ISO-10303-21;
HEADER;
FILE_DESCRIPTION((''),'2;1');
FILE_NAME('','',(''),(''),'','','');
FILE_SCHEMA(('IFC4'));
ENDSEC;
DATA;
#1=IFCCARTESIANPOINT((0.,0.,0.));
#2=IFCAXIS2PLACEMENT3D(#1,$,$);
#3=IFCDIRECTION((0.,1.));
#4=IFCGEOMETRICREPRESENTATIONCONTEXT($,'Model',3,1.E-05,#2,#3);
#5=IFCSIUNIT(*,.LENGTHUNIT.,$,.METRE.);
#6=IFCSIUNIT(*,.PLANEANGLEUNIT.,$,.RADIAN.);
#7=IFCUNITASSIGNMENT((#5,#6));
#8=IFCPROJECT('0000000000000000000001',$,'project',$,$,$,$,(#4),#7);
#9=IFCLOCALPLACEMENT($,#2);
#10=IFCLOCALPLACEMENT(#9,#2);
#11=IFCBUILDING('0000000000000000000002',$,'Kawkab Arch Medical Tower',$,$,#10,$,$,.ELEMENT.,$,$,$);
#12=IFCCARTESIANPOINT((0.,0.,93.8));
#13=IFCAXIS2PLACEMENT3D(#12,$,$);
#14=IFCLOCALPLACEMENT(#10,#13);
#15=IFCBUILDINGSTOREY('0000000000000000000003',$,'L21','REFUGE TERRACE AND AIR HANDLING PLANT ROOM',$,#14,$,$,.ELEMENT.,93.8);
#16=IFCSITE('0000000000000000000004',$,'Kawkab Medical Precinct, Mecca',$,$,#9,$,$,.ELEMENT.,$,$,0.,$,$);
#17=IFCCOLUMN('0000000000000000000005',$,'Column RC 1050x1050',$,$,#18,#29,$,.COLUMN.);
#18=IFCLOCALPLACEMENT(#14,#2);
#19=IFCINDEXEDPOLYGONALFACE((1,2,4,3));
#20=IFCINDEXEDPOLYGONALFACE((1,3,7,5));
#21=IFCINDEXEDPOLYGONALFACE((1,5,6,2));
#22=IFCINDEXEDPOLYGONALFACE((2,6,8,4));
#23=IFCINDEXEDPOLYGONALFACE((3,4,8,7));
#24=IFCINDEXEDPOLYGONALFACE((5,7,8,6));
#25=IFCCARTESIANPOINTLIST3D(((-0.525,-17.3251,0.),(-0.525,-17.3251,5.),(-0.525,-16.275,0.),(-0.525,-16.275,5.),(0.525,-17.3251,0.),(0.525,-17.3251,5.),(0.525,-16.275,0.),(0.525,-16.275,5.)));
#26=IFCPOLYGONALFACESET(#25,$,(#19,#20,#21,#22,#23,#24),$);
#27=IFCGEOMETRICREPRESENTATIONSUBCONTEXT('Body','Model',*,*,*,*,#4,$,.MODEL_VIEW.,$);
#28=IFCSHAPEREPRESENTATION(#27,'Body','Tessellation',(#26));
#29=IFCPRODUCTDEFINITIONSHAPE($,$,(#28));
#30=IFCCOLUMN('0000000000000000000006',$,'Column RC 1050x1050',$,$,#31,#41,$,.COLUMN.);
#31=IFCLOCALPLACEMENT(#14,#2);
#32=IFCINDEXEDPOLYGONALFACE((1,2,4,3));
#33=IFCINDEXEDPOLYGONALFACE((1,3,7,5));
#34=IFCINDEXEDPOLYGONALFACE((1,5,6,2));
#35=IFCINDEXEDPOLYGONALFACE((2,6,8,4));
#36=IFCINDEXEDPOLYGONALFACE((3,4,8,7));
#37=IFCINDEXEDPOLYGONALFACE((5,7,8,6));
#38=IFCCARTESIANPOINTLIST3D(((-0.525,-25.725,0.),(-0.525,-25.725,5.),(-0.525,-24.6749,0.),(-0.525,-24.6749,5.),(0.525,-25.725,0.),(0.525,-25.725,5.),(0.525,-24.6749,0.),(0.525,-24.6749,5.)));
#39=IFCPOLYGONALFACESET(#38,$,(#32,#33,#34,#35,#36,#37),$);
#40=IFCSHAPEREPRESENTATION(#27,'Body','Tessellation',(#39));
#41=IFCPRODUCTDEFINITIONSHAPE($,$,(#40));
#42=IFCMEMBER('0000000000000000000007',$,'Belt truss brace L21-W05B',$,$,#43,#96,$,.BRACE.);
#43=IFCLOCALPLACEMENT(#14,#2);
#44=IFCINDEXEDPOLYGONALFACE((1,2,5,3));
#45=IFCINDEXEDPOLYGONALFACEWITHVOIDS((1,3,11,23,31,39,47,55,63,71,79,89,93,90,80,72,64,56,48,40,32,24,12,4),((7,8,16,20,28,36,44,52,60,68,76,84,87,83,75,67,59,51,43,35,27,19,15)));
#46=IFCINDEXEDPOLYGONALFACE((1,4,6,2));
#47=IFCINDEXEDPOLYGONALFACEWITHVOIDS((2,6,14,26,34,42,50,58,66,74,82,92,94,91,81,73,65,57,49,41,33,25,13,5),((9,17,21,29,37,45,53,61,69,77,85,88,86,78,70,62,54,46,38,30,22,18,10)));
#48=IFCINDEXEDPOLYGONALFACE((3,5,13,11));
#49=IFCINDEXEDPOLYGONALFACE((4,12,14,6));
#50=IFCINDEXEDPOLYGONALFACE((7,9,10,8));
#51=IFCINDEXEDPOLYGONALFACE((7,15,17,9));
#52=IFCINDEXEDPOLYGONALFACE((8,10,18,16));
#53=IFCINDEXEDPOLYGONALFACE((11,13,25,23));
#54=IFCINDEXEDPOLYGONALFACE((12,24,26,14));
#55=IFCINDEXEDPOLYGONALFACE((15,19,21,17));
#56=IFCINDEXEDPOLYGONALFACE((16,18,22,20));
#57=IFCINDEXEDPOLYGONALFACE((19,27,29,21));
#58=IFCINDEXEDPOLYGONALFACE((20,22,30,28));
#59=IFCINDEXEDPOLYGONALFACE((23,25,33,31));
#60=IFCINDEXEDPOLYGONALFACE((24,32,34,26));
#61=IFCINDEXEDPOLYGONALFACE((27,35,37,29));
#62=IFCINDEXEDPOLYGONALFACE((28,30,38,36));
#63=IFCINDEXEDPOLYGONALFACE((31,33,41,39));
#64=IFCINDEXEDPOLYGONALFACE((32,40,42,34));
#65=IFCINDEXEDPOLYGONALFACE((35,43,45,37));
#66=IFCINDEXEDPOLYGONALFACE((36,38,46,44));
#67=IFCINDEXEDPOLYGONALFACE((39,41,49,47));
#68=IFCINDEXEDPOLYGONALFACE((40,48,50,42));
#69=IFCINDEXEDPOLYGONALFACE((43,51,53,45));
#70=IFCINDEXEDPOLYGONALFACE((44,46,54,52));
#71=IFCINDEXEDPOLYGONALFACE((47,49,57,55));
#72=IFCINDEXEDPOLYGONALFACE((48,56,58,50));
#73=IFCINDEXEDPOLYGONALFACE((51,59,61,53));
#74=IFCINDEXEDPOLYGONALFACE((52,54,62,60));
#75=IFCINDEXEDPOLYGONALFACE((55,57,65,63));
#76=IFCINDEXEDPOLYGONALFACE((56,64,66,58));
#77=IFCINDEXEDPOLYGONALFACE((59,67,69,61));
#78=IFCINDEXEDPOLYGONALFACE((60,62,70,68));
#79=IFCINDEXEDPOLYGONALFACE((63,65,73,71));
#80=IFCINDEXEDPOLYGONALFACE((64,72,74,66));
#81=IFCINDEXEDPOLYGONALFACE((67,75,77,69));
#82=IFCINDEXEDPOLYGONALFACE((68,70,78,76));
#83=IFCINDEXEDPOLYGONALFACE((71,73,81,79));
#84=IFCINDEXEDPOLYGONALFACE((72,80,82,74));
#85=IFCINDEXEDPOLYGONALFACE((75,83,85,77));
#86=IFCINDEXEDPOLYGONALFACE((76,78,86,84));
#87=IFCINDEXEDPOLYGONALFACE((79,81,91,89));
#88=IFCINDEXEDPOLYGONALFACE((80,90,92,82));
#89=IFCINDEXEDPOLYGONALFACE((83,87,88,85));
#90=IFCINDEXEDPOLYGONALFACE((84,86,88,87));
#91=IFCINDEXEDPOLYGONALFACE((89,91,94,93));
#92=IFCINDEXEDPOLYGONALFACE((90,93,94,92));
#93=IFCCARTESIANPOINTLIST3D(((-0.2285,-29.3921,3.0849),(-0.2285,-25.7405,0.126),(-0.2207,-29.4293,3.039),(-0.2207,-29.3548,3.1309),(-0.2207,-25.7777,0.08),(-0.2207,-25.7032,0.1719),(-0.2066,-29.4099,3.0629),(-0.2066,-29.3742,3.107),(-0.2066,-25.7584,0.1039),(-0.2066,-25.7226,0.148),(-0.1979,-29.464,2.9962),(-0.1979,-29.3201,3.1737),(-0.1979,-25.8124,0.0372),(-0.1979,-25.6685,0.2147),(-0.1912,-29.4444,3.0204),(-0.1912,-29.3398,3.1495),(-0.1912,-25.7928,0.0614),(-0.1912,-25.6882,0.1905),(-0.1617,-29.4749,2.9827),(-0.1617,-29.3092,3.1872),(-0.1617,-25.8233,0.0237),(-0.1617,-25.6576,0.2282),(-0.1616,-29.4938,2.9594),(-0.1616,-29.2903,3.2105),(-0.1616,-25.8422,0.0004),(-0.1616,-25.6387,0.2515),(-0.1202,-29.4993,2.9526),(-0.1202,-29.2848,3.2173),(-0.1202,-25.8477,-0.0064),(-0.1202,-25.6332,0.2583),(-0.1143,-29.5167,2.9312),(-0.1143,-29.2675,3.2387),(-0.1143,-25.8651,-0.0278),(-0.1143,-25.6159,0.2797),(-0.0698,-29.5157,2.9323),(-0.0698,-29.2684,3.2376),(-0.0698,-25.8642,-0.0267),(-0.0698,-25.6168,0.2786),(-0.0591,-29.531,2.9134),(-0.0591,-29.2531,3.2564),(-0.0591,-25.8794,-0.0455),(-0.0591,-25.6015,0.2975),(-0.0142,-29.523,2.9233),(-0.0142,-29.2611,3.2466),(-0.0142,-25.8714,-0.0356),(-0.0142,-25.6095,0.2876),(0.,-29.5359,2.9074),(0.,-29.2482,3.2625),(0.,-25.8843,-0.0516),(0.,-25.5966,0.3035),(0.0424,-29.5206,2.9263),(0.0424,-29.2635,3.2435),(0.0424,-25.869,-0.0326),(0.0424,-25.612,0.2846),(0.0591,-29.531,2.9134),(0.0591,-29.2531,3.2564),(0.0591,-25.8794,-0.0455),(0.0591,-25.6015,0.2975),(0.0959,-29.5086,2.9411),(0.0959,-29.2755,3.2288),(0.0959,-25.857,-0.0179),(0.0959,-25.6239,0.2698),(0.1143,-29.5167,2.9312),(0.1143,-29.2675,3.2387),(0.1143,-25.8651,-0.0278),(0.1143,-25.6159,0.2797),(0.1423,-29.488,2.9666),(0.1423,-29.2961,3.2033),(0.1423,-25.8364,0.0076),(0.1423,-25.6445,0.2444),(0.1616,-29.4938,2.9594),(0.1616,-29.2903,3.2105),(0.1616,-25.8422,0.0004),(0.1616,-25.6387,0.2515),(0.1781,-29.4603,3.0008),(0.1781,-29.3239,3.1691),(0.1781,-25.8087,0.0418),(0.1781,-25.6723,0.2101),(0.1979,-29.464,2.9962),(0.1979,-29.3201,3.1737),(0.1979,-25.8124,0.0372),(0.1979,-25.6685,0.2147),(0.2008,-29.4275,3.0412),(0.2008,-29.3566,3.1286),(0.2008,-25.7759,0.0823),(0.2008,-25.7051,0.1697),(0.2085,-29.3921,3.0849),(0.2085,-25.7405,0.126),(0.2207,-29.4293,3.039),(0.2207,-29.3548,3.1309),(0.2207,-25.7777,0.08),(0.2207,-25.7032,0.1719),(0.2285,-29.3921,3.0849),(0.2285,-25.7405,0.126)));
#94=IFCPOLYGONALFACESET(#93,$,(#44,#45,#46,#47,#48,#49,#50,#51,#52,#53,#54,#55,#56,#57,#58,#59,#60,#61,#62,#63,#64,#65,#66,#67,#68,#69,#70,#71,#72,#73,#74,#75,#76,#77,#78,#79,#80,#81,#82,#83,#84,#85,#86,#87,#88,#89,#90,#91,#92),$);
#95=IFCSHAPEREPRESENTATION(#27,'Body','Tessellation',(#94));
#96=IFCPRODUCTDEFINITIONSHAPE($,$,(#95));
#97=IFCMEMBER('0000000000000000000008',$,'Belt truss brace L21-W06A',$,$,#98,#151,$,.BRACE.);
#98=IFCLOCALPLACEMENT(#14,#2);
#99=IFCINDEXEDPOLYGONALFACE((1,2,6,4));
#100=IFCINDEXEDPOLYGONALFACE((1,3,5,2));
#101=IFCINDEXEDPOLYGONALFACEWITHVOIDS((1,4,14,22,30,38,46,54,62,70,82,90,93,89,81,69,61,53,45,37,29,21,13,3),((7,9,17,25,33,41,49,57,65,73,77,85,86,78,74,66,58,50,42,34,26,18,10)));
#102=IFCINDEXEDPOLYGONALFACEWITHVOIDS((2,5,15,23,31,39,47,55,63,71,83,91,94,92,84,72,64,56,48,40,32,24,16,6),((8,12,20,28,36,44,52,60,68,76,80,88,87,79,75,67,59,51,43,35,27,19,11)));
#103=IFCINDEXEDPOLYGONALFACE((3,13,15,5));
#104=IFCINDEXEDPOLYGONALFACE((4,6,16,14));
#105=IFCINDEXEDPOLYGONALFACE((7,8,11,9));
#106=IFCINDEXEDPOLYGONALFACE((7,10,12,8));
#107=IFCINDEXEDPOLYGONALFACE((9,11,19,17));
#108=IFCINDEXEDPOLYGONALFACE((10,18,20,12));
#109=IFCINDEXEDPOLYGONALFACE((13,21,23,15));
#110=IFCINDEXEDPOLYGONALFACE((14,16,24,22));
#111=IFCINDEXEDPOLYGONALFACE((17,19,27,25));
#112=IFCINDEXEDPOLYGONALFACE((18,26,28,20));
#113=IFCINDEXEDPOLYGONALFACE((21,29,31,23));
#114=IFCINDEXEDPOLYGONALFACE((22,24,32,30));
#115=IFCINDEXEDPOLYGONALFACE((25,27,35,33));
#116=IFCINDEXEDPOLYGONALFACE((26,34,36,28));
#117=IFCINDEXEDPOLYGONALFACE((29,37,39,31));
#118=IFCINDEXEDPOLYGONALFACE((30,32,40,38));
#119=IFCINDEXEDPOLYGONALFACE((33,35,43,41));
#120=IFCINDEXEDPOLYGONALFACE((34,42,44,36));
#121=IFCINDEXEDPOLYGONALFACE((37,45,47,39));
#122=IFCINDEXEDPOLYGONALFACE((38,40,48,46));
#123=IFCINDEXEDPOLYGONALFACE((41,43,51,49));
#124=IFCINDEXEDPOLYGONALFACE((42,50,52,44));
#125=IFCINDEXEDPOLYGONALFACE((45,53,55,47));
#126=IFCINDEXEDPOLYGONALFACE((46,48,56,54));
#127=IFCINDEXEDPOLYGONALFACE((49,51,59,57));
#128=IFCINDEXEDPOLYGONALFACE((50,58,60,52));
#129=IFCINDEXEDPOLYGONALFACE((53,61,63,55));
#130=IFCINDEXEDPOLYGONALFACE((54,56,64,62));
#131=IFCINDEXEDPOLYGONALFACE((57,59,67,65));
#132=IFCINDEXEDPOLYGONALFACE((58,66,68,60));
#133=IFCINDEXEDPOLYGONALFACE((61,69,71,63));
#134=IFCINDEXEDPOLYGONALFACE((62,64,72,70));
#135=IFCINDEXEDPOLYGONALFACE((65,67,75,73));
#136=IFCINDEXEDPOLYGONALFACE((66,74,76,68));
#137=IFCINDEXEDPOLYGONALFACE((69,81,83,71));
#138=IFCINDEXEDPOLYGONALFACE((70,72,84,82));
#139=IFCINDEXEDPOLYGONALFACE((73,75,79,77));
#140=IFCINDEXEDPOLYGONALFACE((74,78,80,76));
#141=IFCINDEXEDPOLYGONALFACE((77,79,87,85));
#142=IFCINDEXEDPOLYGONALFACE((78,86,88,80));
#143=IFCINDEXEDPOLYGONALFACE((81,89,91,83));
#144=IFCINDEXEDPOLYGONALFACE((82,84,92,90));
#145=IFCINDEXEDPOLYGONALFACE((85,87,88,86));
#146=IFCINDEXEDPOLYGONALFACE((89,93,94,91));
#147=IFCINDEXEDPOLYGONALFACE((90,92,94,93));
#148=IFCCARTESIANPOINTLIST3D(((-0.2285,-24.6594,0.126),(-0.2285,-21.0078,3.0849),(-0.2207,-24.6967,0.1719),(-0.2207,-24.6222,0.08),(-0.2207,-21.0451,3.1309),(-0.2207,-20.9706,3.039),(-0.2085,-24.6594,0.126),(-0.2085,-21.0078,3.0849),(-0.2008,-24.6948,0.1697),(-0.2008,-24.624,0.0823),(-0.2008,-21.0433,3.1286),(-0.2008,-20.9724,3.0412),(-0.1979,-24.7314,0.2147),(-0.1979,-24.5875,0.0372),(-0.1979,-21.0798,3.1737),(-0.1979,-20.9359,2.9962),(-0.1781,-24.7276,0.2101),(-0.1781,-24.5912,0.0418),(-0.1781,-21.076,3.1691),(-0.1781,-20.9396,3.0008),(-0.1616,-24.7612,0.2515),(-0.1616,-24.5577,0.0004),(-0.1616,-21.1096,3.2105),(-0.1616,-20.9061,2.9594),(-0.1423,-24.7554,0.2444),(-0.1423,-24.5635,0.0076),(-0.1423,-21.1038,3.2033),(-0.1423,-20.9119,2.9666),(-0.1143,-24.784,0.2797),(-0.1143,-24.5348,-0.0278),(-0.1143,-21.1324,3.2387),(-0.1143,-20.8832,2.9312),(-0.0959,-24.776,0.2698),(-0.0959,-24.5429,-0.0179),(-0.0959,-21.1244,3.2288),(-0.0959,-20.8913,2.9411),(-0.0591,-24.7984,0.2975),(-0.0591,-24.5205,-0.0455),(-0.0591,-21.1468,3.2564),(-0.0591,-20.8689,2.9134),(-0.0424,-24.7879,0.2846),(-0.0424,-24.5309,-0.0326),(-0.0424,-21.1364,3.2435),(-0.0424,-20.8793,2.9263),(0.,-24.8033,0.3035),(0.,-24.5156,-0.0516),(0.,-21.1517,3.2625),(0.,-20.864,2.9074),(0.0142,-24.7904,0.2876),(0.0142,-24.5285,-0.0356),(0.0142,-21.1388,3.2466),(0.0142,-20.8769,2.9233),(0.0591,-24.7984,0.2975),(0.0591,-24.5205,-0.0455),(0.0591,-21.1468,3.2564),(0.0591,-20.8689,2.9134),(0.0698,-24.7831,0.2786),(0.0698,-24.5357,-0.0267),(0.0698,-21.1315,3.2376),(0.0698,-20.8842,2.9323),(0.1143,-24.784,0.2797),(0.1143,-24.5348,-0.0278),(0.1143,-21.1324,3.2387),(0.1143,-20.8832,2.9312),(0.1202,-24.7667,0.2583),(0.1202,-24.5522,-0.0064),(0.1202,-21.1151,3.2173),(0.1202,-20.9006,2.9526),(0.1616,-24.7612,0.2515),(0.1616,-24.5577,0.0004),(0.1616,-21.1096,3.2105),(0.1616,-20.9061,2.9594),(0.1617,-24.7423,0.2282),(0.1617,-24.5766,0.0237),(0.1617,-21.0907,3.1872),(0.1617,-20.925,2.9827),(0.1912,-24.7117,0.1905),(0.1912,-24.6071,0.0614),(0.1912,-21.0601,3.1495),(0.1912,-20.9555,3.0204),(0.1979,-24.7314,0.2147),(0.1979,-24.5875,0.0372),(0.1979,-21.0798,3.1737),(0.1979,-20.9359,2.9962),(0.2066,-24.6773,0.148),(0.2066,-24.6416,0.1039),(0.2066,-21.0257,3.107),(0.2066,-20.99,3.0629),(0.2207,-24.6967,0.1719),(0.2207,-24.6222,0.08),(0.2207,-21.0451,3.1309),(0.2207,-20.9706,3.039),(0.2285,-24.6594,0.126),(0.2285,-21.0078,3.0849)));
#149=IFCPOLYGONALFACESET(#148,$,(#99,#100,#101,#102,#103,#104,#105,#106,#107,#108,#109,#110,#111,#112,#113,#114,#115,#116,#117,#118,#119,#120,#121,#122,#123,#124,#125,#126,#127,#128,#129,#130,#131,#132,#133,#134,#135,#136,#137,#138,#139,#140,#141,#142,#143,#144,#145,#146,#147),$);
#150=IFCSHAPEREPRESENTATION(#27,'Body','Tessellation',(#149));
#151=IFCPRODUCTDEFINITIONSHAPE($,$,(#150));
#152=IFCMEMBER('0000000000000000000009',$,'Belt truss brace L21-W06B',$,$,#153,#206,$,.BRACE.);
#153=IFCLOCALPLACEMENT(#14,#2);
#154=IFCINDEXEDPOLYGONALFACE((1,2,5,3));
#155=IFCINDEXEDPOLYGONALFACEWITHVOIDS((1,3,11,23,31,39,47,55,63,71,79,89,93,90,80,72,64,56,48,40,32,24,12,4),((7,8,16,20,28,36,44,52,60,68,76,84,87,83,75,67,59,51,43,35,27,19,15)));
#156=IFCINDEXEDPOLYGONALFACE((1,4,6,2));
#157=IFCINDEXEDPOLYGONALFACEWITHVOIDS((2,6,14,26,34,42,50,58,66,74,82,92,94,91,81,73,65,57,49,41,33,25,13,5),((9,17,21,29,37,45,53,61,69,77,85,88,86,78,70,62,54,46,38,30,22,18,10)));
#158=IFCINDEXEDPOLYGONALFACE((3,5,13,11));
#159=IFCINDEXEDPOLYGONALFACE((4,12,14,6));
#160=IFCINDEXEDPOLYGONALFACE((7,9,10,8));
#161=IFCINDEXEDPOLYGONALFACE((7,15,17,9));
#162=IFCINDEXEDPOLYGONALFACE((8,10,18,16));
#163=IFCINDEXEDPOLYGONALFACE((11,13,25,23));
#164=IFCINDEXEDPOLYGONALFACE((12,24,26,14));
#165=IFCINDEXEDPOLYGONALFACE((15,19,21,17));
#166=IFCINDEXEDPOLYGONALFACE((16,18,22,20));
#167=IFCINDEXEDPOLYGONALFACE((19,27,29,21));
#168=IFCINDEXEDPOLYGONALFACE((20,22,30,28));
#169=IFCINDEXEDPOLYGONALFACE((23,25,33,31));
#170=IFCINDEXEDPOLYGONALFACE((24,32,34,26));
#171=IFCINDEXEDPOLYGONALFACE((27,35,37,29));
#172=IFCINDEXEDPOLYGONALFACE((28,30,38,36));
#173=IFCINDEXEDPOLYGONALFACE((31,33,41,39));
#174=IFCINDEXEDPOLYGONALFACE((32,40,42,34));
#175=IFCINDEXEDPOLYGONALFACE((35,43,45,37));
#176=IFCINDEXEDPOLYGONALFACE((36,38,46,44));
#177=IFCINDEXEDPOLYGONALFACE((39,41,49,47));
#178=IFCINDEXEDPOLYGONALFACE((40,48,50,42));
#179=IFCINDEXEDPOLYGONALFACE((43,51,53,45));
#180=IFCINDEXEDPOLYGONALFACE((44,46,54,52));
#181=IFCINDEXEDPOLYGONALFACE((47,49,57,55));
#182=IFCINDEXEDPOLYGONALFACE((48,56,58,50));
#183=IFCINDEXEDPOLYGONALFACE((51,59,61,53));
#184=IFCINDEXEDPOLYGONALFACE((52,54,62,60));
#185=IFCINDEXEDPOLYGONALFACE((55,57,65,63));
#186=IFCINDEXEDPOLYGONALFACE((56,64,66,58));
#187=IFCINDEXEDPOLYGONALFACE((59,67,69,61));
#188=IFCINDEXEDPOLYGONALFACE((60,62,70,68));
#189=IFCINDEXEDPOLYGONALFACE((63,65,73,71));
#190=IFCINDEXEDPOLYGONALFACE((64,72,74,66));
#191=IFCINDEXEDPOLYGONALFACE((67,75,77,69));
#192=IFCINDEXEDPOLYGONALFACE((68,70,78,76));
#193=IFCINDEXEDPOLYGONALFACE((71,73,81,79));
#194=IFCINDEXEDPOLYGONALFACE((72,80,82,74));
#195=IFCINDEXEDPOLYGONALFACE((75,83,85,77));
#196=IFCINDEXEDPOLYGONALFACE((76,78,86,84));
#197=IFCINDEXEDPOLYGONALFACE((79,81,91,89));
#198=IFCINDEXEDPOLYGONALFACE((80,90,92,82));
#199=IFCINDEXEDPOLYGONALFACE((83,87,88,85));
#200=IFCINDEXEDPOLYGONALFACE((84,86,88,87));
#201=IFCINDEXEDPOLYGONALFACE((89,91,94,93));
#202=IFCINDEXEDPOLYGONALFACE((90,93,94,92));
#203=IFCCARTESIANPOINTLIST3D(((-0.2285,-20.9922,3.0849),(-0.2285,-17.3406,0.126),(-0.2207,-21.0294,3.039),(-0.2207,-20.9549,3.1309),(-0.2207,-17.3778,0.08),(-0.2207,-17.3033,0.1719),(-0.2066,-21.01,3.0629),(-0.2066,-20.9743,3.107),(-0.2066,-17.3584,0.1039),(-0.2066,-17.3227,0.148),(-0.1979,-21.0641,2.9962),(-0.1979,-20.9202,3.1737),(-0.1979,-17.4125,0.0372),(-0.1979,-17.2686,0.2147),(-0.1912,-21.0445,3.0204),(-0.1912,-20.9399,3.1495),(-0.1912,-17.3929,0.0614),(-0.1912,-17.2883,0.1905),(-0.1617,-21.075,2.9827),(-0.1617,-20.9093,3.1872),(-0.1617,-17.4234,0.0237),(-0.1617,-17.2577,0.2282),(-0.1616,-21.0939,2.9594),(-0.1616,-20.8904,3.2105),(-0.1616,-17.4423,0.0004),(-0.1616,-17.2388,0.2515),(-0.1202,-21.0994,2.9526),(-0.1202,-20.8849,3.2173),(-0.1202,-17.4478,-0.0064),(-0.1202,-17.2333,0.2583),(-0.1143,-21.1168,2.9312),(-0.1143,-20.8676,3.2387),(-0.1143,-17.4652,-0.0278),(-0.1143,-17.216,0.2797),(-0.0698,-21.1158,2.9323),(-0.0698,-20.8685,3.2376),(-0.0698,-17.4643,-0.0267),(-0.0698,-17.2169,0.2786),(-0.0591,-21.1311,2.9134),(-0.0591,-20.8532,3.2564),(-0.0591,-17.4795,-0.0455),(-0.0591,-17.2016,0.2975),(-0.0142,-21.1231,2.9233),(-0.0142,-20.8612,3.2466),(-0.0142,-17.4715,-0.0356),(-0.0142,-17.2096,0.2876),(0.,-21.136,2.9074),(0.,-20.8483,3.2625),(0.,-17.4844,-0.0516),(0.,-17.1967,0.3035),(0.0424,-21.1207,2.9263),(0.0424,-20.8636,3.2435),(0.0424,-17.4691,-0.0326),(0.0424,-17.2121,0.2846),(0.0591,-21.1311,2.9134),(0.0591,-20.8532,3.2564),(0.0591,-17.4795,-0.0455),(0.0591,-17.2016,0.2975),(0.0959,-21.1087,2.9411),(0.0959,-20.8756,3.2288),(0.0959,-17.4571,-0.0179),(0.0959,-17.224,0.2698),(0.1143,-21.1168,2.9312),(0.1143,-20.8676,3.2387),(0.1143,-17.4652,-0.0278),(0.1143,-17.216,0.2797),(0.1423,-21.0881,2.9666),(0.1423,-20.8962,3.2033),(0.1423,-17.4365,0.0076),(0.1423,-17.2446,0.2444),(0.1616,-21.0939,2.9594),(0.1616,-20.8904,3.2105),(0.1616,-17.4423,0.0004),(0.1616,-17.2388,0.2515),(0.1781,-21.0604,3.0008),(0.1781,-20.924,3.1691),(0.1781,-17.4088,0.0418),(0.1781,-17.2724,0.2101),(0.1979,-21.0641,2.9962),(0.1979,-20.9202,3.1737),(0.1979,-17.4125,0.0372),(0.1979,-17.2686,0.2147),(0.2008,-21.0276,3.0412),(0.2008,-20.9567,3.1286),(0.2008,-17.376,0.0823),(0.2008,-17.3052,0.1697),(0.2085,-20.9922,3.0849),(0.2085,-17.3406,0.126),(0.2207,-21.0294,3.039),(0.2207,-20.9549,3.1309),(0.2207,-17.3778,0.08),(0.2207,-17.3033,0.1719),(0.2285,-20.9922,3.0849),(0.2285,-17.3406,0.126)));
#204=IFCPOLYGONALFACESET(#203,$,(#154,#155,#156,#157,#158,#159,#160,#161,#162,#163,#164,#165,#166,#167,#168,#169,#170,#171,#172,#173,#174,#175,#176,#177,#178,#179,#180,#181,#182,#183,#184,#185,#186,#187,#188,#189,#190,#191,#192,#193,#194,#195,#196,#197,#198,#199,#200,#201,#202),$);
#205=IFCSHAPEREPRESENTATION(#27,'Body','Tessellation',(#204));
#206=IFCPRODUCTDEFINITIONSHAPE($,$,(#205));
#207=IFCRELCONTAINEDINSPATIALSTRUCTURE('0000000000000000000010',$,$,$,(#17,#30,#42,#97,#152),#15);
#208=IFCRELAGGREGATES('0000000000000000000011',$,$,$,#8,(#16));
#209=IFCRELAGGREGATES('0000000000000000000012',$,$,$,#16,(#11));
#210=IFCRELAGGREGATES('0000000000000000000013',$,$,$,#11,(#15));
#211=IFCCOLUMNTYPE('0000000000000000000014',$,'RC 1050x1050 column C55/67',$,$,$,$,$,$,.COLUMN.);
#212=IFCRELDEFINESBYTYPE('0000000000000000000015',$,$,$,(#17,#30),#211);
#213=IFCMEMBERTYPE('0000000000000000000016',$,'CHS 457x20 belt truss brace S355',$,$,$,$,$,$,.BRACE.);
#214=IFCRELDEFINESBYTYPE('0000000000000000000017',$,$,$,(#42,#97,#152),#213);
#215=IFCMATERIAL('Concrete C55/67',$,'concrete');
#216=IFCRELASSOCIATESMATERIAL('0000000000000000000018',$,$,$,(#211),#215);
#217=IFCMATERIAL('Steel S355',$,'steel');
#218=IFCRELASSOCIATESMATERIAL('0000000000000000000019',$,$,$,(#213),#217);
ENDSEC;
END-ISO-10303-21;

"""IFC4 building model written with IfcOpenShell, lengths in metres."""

from ifc_helpers import new_model, si_unit, direction, frame, origin, origin_2d, place, context, subcontext, project, spatial, rectangle, hollow_circle, extrude, material, material_profile, profile_set, type_object, element, save


model = new_model("IFC4")

# Units and contexts
model_context = context("Model", 3, precision=1e-05, world=origin(), true_north=direction((0.0, 1.0)))
body_context = subcontext(model_context, "Body", "Model", "MODEL_VIEW")
ifc_project = project(units=[si_unit("LENGTHUNIT", "METRE"), si_unit("PLANEANGLEUNIT", "RADIAN")], contexts=[model_context])

# Site, building, storey
site_placement = place(None, origin())
site = spatial("IfcSite", under=ifc_project, at=site_placement, Name="Kawkab Medical Precinct, Mecca", CompositionType="ELEMENT", RefElevation=0.0)
building_placement = place(site_placement, origin())
building = spatial("IfcBuilding", under=site, at=building_placement, Name="Kawkab Arch Medical Tower", CompositionType="ELEMENT")
storey_placement = place(building_placement, frame((0.0, 0.0, 93.8)))
storey = spatial("IfcBuildingStorey", under=building, at=storey_placement, Name="L21", Description="REFUGE TERRACE AND AIR HANDLING PLANT ROOM", CompositionType="ELEMENT", Elevation=93.8)

# Columns
ifc_material_1 = material(Name="Concrete C55/67", Category="concrete")
ifc_material_profile_1 = material_profile(ifc_material_1, rectangle(XDim=1.05, YDim=1.05, at=origin_2d()), Name="RC 1050x1050")
ifc_profile_set_1 = profile_set([ifc_material_profile_1], Name="Concrete C55/67")
column_type = type_object("IfcColumnType", Name="RC 1050x1050 column C55/67", PredefinedType="COLUMN", material=ifc_profile_set_1)
for number, where, z_axis, x_axis, name in (
    (1, (0.0, -16.8, 0.0), (0.0, 0.0, 1.0), (1.0, 0.0, 0.0), "Column RC 1050x1050"),
    (2, (0.0, -25.2, 0.0), (0.0, 0.0, 1.0), (1.0, 0.0, 0.0), "Column RC 1050x1050"),
):
    element("IfcColumn", number, at=place(storey_placement, frame(where, z_axis=z_axis, x_axis=x_axis)), inside=storey, type_object=column_type, Name=name, PredefinedType="COLUMN", context=body_context, shape_type="SweptSolid", body=[
        extrude(rectangle(XDim=1.05, YDim=1.05, at=origin_2d()), origin(), (0.0, 0.0, 1.0), 5.0),
    ])

# Members
ifc_material_2 = material(Name="Steel S355", Category="steel")
ifc_material_profile_2 = material_profile(ifc_material_2, hollow_circle(Radius=0.2285, WallThickness=0.02, at=origin_2d()), Name="CHS 457x20")
ifc_profile_set_2 = profile_set([ifc_material_profile_2], Name="Steel S355")
member_type = type_object("IfcMemberType", Name="CHS 457x20 belt truss brace S355", PredefinedType="BRACE", material=ifc_profile_set_2)
for number, where, z_axis, x_axis, name in (
    (3, (0.0, -25.7405, 0.126), (0.0, -0.776941, 0.629573), (1.0, 0.0, 0.0), "Belt truss brace L21-W05B"),
    (4, (0.0, -24.6594, 0.126), (0.0, 0.776941, 0.629573), (-1.0, 0.0, 0.0), "Belt truss brace L21-W06A"),
    (5, (0.0, -17.3406, 0.126), (0.0, -0.776941, 0.629573), (1.0, 0.0, 0.0), "Belt truss brace L21-W06B"),
):
    element("IfcMember", number, at=place(storey_placement, frame(where, z_axis=z_axis, x_axis=x_axis)), inside=storey, type_object=member_type, Name=name, PredefinedType="BRACE", context=body_context, shape_type="SweptSolid", body=[
        extrude(hollow_circle(Radius=0.2285, WallThickness=0.02, at=origin_2d()), origin(), (0.0, 0.0, 1.0), 4.7),
    ])

save(model, "model.ifc")
